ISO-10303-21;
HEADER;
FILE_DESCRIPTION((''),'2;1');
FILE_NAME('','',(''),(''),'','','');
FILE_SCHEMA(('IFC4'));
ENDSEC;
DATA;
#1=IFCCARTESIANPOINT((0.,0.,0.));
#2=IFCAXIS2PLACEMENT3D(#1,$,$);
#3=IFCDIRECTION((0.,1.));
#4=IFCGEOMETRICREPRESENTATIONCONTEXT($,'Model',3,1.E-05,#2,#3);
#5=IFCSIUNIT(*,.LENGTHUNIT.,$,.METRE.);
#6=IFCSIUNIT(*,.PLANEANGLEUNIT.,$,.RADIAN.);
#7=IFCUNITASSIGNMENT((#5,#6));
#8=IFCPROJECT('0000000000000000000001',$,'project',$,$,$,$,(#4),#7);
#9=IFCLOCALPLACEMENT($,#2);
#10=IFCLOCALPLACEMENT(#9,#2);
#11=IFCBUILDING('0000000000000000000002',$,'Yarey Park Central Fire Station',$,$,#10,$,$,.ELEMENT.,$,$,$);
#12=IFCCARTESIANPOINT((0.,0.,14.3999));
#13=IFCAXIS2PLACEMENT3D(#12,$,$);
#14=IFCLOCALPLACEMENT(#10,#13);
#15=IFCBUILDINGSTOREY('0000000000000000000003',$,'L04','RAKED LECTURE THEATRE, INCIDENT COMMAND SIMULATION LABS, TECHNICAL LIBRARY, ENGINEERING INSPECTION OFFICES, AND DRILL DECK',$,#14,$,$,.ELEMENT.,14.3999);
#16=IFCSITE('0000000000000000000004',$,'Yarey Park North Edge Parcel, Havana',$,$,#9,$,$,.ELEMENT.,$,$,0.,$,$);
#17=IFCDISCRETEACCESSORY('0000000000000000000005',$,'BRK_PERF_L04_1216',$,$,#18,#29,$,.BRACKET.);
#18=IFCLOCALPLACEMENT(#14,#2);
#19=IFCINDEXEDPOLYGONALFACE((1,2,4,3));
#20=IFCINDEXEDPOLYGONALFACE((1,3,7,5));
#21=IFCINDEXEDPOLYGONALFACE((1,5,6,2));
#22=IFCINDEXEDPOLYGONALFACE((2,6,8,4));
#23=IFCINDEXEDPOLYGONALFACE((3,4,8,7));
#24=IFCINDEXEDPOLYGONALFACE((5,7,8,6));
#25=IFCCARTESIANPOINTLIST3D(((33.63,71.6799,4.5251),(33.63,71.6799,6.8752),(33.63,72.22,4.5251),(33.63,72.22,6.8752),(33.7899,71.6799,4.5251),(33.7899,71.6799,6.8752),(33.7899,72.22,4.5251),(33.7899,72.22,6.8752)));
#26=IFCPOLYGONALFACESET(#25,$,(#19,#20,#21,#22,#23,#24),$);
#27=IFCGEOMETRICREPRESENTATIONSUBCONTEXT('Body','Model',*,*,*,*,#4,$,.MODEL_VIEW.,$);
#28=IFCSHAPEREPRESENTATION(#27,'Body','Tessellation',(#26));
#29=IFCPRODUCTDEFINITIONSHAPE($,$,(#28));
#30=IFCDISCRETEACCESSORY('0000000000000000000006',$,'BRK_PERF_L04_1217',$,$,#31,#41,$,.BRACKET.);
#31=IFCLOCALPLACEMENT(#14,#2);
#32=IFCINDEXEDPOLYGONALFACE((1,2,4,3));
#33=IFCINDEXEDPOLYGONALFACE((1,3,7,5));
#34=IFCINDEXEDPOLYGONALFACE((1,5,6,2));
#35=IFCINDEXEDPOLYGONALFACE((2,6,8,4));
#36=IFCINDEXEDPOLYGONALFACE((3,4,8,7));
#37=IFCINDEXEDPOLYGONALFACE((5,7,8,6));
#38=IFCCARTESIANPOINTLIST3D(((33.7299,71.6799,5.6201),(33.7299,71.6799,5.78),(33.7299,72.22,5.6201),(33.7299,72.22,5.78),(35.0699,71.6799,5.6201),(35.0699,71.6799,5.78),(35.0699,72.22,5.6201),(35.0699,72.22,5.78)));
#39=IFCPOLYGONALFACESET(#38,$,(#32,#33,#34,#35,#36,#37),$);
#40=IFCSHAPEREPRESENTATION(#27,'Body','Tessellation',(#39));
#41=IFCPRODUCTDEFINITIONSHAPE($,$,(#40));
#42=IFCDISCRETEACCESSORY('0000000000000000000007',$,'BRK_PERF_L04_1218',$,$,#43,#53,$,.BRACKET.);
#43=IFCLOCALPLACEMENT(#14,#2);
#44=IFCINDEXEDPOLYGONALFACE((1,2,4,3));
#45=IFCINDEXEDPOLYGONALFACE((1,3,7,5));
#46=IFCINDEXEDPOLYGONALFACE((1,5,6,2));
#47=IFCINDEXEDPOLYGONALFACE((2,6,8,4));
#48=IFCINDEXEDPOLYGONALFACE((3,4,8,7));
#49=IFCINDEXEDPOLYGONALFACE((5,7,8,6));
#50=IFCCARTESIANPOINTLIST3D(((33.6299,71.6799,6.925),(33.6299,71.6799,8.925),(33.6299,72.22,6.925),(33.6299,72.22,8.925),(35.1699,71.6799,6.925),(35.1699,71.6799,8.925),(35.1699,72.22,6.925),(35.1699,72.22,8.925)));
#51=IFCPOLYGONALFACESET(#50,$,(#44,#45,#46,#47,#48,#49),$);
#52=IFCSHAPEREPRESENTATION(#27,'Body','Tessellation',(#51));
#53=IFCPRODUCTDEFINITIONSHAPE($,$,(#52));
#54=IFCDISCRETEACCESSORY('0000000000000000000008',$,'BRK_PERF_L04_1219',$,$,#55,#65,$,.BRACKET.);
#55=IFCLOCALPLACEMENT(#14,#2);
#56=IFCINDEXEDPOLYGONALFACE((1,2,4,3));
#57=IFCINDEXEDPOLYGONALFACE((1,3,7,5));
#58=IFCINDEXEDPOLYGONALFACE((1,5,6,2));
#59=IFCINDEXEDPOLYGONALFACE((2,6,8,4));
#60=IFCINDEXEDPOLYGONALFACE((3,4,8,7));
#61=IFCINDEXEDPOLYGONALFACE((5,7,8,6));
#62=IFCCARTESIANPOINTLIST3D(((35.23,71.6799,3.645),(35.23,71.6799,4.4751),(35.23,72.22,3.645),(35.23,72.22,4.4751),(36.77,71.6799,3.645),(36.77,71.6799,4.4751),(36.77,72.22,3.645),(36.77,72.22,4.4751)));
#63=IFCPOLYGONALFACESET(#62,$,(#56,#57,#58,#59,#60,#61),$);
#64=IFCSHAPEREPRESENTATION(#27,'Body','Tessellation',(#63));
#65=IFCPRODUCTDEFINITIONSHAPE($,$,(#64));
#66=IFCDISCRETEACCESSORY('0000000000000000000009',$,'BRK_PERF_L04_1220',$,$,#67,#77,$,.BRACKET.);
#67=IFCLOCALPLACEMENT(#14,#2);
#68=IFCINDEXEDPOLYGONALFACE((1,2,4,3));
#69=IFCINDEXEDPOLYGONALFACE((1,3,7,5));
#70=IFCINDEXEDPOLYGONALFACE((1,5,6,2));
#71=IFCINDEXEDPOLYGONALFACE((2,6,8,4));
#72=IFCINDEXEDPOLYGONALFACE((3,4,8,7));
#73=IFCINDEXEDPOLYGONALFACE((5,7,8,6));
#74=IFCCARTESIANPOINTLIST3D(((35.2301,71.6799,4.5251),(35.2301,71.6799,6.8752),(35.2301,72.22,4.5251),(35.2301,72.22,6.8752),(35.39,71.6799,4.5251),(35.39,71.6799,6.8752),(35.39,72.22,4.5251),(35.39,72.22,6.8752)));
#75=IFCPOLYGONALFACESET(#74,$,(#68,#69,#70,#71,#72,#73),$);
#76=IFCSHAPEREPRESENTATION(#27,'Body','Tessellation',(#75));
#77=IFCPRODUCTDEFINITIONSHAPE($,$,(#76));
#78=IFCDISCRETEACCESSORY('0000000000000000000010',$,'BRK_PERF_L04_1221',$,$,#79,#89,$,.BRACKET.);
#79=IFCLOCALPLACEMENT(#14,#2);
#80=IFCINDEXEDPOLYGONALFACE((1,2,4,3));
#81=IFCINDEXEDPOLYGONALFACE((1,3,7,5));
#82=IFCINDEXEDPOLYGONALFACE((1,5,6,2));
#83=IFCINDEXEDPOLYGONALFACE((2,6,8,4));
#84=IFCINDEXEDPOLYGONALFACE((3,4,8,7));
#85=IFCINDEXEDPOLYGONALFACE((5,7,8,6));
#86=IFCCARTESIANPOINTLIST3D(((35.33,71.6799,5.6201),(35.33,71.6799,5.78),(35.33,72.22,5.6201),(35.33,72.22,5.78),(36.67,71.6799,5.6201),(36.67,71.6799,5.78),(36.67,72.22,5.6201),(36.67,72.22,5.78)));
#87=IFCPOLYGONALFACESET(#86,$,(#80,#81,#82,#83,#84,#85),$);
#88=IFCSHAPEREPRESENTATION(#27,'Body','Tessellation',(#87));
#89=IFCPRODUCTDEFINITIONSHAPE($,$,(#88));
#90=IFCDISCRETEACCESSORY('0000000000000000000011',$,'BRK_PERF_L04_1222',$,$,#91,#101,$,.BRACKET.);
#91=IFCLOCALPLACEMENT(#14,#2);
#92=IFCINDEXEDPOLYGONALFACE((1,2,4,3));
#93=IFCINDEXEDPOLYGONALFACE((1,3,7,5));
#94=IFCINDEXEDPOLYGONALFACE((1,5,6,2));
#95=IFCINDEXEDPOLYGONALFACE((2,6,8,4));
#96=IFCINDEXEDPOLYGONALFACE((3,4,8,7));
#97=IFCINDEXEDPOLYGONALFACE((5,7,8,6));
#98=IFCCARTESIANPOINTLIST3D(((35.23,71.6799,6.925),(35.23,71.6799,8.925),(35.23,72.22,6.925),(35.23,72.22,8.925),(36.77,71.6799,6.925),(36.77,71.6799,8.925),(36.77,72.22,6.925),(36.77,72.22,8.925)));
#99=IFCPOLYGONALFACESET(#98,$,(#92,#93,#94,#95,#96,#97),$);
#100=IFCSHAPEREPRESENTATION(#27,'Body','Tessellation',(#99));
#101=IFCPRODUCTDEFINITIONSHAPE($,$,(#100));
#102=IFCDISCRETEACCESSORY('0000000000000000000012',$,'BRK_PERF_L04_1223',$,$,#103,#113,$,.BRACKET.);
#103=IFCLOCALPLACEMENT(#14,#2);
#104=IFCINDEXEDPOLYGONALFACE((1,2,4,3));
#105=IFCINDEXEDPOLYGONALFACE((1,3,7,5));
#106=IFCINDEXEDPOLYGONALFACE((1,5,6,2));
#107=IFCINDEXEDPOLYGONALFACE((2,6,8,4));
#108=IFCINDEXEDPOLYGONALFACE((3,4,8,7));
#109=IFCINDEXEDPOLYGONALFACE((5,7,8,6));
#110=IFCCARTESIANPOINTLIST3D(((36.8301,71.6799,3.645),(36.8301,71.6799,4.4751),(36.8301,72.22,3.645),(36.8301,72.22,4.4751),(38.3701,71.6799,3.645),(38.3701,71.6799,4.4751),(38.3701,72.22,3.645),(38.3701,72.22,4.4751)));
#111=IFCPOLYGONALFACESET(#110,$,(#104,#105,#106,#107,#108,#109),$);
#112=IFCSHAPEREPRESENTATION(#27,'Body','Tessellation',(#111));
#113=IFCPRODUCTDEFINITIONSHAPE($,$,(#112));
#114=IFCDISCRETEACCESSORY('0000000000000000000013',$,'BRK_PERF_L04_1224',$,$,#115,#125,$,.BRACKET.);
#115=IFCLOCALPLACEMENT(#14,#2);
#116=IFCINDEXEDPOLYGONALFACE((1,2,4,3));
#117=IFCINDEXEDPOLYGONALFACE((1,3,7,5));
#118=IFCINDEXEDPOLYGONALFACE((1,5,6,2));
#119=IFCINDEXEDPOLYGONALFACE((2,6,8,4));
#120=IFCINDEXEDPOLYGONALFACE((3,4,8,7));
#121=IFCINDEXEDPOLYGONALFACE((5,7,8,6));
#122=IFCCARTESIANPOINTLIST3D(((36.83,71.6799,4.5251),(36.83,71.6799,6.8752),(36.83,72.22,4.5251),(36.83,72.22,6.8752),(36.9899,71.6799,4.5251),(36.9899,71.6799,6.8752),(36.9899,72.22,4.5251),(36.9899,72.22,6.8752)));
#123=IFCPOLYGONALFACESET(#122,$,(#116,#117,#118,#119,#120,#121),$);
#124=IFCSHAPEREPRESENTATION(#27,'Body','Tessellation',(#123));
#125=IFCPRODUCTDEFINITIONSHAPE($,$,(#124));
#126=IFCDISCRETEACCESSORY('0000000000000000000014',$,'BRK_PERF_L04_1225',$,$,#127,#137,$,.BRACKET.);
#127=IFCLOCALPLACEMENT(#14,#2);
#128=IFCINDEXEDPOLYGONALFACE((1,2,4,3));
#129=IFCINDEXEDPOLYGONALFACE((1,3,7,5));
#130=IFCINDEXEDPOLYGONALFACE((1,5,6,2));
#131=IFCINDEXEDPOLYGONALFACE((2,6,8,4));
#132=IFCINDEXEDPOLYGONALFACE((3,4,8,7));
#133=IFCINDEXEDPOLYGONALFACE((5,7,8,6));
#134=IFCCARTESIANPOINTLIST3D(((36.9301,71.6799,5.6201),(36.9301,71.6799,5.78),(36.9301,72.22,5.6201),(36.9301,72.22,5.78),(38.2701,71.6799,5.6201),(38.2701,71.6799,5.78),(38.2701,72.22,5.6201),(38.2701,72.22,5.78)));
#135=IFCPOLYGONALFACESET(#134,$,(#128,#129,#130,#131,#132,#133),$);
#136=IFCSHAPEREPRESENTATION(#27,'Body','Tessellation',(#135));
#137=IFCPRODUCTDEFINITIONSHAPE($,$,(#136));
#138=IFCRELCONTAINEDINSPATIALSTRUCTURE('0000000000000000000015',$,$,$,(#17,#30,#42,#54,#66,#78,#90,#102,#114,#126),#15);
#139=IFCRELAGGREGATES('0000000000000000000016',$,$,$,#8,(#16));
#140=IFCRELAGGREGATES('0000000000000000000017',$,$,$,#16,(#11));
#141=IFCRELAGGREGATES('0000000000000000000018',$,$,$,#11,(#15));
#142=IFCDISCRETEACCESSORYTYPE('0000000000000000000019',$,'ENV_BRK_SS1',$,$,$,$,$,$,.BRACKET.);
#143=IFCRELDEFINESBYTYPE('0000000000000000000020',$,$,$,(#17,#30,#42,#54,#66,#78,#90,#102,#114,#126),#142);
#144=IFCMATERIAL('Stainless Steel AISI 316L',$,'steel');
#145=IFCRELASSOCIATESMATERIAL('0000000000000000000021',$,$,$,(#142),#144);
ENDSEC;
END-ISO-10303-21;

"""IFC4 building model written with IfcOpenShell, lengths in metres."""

from ifc_helpers import new_model, si_unit, direction, frame, origin, origin_2d, place, context, subcontext, project, spatial, rectangle, extrude, material, type_object, element, save


model = new_model("IFC4")

# Units and contexts
model_context = context("Model", 3, precision=1e-05, world=origin(), true_north=direction((0.0, 1.0)))
body_context = subcontext(model_context, "Body", "Model", "MODEL_VIEW")
ifc_project = project(units=[si_unit("LENGTHUNIT", "METRE"), si_unit("PLANEANGLEUNIT", "RADIAN")], contexts=[model_context])

# Site, building, storey
site_placement = place(None, origin())
site = spatial("IfcSite", under=ifc_project, at=site_placement, Name="Yarey Park North Edge Parcel, Havana", CompositionType="ELEMENT", RefElevation=0.0)
building_placement = place(site_placement, origin())
building = spatial("IfcBuilding", under=site, at=building_placement, Name="Yarey Park Central Fire Station", CompositionType="ELEMENT")
storey_placement = place(building_placement, frame((0.0, 0.0, 14.3999)))
storey = spatial("IfcBuildingStorey", under=building, at=storey_placement, Name="L04", Description="RAKED LECTURE THEATRE, INCIDENT COMMAND SIMULATION LABS, TECHNICAL LIBRARY, ENGINEERING INSPECTION OFFICES, AND DRILL DECK", CompositionType="ELEMENT", Elevation=14.3999)

# Shared definitions
ifc_material_1 = material(Name="Stainless Steel AISI 316L", Category="steel")

# Discrete accessories
discrete_accessory_type = type_object("IfcDiscreteAccessoryType", Name="ENV_BRK_SS1", PredefinedType="BRACKET", material=ifc_material_1)
discrete_accessory_1_placement = place(storey_placement, frame((33.71, 71.95, 4.5251), z_axis=(0.0, 0.0, 1.0), x_axis=(1.0, 0.0, 0.0)))
element("IfcDiscreteAccessory", 1, at=discrete_accessory_1_placement, inside=storey, type_object=discrete_accessory_type, Name="BRK_PERF_L04_1216", PredefinedType="BRACKET", context=body_context, shape_type="SweptSolid", body=[
    extrude(rectangle(XDim=0.1599, YDim=0.54, at=origin_2d()), origin(), (0.0, 0.0, 1.0), 2.3501),
])
discrete_accessory_2_placement = place(storey_placement, frame((34.3999, 71.95, 5.6201), z_axis=(0.0, 0.0, 1.0), x_axis=(1.0, 0.0, 0.0)))
element("IfcDiscreteAccessory", 2, at=discrete_accessory_2_placement, inside=storey, type_object=discrete_accessory_type, Name="BRK_PERF_L04_1217", PredefinedType="BRACKET", context=body_context, shape_type="SweptSolid", body=[
    extrude(rectangle(XDim=1.3401, YDim=0.54, at=origin_2d()), origin(), (0.0, 0.0, 1.0), 0.1599),
])
discrete_accessory_3_placement = place(storey_placement, frame((34.3999, 71.95, 6.925), z_axis=(0.0, 0.0, 1.0), x_axis=(1.0, 0.0, 0.0)))
element("IfcDiscreteAccessory", 3, at=discrete_accessory_3_placement, inside=storey, type_object=discrete_accessory_type, Name="BRK_PERF_L04_1218", PredefinedType="BRACKET", context=body_context, shape_type="SweptSolid", body=[
    extrude(rectangle(XDim=1.54, YDim=0.54, at=origin_2d()), origin(), (0.0, 0.0, 1.0), 2.0),
])
discrete_accessory_4_placement = place(storey_placement, frame((36.0, 71.95, 3.645), z_axis=(0.0, 0.0, 1.0), x_axis=(1.0, 0.0, 0.0)))
element("IfcDiscreteAccessory", 4, at=discrete_accessory_4_placement, inside=storey, type_object=discrete_accessory_type, Name="BRK_PERF_L04_1219", PredefinedType="BRACKET", context=body_context, shape_type="SweptSolid", body=[
    extrude(rectangle(XDim=1.54, YDim=0.54, at=origin_2d()), origin(), (0.0, 0.0, 1.0), 0.8301),
])
discrete_accessory_5_placement = place(storey_placement, frame((35.3101, 71.95, 4.5251), z_axis=(0.0, 0.0, 1.0), x_axis=(1.0, 0.0, 0.0)))
element("IfcDiscreteAccessory", 5, at=discrete_accessory_5_placement, inside=storey, type_object=discrete_accessory_type, Name="BRK_PERF_L04_1220", PredefinedType="BRACKET", context=body_context, shape_type="SweptSolid", body=[
    extrude(rectangle(XDim=0.1599, YDim=0.54, at=origin_2d()), origin(), (0.0, 0.0, 1.0), 2.3501),
])
discrete_accessory_6_placement = place(storey_placement, frame((36.0, 71.95, 5.6201), z_axis=(0.0, 0.0, 1.0), x_axis=(1.0, 0.0, 0.0)))
element("IfcDiscreteAccessory", 6, at=discrete_accessory_6_placement, inside=storey, type_object=discrete_accessory_type, Name="BRK_PERF_L04_1221", PredefinedType="BRACKET", context=body_context, shape_type="SweptSolid", body=[
    extrude(rectangle(XDim=1.3401, YDim=0.54, at=origin_2d()), origin(), (0.0, 0.0, 1.0), 0.1599),
])
discrete_accessory_7_placement = place(storey_placement, frame((36.0, 71.95, 6.925), z_axis=(0.0, 0.0, 1.0), x_axis=(1.0, 0.0, 0.0)))
element("IfcDiscreteAccessory", 7, at=discrete_accessory_7_placement, inside=storey, type_object=discrete_accessory_type, Name="BRK_PERF_L04_1222", PredefinedType="BRACKET", context=body_context, shape_type="SweptSolid", body=[
    extrude(rectangle(XDim=1.54, YDim=0.54, at=origin_2d()), origin(), (0.0, 0.0, 1.0), 2.0),
])
discrete_accessory_8_placement = place(storey_placement, frame((37.6001, 71.95, 3.645), z_axis=(0.0, 0.0, 1.0), x_axis=(1.0, 0.0, 0.0)))
element("IfcDiscreteAccessory", 8, at=discrete_accessory_8_placement, inside=storey, type_object=discrete_accessory_type, Name="BRK_PERF_L04_1223", PredefinedType="BRACKET", context=body_context, shape_type="SweptSolid", body=[
    extrude(rectangle(XDim=1.54, YDim=0.54, at=origin_2d()), origin(), (0.0, 0.0, 1.0), 0.8301),
])
discrete_accessory_9_placement = place(storey_placement, frame((36.9099, 71.95, 4.5251), z_axis=(0.0, 0.0, 1.0), x_axis=(1.0, 0.0, 0.0)))
element("IfcDiscreteAccessory", 9, at=discrete_accessory_9_placement, inside=storey, type_object=discrete_accessory_type, Name="BRK_PERF_L04_1224", PredefinedType="BRACKET", context=body_context, shape_type="SweptSolid", body=[
    extrude(rectangle(XDim=0.1599, YDim=0.54, at=origin_2d()), origin(), (0.0, 0.0, 1.0), 2.3501),
])
discrete_accessory_10_placement = place(storey_placement, frame((37.6001, 71.95, 5.6201), z_axis=(0.0, 0.0, 1.0), x_axis=(1.0, 0.0, 0.0)))
element("IfcDiscreteAccessory", 10, at=discrete_accessory_10_placement, inside=storey, type_object=discrete_accessory_type, Name="BRK_PERF_L04_1225", PredefinedType="BRACKET", context=body_context, shape_type="SweptSolid", body=[
    extrude(rectangle(XDim=1.3401, YDim=0.54, at=origin_2d()), origin(), (0.0, 0.0, 1.0), 0.1599),
])

save(model, "model.ifc")
